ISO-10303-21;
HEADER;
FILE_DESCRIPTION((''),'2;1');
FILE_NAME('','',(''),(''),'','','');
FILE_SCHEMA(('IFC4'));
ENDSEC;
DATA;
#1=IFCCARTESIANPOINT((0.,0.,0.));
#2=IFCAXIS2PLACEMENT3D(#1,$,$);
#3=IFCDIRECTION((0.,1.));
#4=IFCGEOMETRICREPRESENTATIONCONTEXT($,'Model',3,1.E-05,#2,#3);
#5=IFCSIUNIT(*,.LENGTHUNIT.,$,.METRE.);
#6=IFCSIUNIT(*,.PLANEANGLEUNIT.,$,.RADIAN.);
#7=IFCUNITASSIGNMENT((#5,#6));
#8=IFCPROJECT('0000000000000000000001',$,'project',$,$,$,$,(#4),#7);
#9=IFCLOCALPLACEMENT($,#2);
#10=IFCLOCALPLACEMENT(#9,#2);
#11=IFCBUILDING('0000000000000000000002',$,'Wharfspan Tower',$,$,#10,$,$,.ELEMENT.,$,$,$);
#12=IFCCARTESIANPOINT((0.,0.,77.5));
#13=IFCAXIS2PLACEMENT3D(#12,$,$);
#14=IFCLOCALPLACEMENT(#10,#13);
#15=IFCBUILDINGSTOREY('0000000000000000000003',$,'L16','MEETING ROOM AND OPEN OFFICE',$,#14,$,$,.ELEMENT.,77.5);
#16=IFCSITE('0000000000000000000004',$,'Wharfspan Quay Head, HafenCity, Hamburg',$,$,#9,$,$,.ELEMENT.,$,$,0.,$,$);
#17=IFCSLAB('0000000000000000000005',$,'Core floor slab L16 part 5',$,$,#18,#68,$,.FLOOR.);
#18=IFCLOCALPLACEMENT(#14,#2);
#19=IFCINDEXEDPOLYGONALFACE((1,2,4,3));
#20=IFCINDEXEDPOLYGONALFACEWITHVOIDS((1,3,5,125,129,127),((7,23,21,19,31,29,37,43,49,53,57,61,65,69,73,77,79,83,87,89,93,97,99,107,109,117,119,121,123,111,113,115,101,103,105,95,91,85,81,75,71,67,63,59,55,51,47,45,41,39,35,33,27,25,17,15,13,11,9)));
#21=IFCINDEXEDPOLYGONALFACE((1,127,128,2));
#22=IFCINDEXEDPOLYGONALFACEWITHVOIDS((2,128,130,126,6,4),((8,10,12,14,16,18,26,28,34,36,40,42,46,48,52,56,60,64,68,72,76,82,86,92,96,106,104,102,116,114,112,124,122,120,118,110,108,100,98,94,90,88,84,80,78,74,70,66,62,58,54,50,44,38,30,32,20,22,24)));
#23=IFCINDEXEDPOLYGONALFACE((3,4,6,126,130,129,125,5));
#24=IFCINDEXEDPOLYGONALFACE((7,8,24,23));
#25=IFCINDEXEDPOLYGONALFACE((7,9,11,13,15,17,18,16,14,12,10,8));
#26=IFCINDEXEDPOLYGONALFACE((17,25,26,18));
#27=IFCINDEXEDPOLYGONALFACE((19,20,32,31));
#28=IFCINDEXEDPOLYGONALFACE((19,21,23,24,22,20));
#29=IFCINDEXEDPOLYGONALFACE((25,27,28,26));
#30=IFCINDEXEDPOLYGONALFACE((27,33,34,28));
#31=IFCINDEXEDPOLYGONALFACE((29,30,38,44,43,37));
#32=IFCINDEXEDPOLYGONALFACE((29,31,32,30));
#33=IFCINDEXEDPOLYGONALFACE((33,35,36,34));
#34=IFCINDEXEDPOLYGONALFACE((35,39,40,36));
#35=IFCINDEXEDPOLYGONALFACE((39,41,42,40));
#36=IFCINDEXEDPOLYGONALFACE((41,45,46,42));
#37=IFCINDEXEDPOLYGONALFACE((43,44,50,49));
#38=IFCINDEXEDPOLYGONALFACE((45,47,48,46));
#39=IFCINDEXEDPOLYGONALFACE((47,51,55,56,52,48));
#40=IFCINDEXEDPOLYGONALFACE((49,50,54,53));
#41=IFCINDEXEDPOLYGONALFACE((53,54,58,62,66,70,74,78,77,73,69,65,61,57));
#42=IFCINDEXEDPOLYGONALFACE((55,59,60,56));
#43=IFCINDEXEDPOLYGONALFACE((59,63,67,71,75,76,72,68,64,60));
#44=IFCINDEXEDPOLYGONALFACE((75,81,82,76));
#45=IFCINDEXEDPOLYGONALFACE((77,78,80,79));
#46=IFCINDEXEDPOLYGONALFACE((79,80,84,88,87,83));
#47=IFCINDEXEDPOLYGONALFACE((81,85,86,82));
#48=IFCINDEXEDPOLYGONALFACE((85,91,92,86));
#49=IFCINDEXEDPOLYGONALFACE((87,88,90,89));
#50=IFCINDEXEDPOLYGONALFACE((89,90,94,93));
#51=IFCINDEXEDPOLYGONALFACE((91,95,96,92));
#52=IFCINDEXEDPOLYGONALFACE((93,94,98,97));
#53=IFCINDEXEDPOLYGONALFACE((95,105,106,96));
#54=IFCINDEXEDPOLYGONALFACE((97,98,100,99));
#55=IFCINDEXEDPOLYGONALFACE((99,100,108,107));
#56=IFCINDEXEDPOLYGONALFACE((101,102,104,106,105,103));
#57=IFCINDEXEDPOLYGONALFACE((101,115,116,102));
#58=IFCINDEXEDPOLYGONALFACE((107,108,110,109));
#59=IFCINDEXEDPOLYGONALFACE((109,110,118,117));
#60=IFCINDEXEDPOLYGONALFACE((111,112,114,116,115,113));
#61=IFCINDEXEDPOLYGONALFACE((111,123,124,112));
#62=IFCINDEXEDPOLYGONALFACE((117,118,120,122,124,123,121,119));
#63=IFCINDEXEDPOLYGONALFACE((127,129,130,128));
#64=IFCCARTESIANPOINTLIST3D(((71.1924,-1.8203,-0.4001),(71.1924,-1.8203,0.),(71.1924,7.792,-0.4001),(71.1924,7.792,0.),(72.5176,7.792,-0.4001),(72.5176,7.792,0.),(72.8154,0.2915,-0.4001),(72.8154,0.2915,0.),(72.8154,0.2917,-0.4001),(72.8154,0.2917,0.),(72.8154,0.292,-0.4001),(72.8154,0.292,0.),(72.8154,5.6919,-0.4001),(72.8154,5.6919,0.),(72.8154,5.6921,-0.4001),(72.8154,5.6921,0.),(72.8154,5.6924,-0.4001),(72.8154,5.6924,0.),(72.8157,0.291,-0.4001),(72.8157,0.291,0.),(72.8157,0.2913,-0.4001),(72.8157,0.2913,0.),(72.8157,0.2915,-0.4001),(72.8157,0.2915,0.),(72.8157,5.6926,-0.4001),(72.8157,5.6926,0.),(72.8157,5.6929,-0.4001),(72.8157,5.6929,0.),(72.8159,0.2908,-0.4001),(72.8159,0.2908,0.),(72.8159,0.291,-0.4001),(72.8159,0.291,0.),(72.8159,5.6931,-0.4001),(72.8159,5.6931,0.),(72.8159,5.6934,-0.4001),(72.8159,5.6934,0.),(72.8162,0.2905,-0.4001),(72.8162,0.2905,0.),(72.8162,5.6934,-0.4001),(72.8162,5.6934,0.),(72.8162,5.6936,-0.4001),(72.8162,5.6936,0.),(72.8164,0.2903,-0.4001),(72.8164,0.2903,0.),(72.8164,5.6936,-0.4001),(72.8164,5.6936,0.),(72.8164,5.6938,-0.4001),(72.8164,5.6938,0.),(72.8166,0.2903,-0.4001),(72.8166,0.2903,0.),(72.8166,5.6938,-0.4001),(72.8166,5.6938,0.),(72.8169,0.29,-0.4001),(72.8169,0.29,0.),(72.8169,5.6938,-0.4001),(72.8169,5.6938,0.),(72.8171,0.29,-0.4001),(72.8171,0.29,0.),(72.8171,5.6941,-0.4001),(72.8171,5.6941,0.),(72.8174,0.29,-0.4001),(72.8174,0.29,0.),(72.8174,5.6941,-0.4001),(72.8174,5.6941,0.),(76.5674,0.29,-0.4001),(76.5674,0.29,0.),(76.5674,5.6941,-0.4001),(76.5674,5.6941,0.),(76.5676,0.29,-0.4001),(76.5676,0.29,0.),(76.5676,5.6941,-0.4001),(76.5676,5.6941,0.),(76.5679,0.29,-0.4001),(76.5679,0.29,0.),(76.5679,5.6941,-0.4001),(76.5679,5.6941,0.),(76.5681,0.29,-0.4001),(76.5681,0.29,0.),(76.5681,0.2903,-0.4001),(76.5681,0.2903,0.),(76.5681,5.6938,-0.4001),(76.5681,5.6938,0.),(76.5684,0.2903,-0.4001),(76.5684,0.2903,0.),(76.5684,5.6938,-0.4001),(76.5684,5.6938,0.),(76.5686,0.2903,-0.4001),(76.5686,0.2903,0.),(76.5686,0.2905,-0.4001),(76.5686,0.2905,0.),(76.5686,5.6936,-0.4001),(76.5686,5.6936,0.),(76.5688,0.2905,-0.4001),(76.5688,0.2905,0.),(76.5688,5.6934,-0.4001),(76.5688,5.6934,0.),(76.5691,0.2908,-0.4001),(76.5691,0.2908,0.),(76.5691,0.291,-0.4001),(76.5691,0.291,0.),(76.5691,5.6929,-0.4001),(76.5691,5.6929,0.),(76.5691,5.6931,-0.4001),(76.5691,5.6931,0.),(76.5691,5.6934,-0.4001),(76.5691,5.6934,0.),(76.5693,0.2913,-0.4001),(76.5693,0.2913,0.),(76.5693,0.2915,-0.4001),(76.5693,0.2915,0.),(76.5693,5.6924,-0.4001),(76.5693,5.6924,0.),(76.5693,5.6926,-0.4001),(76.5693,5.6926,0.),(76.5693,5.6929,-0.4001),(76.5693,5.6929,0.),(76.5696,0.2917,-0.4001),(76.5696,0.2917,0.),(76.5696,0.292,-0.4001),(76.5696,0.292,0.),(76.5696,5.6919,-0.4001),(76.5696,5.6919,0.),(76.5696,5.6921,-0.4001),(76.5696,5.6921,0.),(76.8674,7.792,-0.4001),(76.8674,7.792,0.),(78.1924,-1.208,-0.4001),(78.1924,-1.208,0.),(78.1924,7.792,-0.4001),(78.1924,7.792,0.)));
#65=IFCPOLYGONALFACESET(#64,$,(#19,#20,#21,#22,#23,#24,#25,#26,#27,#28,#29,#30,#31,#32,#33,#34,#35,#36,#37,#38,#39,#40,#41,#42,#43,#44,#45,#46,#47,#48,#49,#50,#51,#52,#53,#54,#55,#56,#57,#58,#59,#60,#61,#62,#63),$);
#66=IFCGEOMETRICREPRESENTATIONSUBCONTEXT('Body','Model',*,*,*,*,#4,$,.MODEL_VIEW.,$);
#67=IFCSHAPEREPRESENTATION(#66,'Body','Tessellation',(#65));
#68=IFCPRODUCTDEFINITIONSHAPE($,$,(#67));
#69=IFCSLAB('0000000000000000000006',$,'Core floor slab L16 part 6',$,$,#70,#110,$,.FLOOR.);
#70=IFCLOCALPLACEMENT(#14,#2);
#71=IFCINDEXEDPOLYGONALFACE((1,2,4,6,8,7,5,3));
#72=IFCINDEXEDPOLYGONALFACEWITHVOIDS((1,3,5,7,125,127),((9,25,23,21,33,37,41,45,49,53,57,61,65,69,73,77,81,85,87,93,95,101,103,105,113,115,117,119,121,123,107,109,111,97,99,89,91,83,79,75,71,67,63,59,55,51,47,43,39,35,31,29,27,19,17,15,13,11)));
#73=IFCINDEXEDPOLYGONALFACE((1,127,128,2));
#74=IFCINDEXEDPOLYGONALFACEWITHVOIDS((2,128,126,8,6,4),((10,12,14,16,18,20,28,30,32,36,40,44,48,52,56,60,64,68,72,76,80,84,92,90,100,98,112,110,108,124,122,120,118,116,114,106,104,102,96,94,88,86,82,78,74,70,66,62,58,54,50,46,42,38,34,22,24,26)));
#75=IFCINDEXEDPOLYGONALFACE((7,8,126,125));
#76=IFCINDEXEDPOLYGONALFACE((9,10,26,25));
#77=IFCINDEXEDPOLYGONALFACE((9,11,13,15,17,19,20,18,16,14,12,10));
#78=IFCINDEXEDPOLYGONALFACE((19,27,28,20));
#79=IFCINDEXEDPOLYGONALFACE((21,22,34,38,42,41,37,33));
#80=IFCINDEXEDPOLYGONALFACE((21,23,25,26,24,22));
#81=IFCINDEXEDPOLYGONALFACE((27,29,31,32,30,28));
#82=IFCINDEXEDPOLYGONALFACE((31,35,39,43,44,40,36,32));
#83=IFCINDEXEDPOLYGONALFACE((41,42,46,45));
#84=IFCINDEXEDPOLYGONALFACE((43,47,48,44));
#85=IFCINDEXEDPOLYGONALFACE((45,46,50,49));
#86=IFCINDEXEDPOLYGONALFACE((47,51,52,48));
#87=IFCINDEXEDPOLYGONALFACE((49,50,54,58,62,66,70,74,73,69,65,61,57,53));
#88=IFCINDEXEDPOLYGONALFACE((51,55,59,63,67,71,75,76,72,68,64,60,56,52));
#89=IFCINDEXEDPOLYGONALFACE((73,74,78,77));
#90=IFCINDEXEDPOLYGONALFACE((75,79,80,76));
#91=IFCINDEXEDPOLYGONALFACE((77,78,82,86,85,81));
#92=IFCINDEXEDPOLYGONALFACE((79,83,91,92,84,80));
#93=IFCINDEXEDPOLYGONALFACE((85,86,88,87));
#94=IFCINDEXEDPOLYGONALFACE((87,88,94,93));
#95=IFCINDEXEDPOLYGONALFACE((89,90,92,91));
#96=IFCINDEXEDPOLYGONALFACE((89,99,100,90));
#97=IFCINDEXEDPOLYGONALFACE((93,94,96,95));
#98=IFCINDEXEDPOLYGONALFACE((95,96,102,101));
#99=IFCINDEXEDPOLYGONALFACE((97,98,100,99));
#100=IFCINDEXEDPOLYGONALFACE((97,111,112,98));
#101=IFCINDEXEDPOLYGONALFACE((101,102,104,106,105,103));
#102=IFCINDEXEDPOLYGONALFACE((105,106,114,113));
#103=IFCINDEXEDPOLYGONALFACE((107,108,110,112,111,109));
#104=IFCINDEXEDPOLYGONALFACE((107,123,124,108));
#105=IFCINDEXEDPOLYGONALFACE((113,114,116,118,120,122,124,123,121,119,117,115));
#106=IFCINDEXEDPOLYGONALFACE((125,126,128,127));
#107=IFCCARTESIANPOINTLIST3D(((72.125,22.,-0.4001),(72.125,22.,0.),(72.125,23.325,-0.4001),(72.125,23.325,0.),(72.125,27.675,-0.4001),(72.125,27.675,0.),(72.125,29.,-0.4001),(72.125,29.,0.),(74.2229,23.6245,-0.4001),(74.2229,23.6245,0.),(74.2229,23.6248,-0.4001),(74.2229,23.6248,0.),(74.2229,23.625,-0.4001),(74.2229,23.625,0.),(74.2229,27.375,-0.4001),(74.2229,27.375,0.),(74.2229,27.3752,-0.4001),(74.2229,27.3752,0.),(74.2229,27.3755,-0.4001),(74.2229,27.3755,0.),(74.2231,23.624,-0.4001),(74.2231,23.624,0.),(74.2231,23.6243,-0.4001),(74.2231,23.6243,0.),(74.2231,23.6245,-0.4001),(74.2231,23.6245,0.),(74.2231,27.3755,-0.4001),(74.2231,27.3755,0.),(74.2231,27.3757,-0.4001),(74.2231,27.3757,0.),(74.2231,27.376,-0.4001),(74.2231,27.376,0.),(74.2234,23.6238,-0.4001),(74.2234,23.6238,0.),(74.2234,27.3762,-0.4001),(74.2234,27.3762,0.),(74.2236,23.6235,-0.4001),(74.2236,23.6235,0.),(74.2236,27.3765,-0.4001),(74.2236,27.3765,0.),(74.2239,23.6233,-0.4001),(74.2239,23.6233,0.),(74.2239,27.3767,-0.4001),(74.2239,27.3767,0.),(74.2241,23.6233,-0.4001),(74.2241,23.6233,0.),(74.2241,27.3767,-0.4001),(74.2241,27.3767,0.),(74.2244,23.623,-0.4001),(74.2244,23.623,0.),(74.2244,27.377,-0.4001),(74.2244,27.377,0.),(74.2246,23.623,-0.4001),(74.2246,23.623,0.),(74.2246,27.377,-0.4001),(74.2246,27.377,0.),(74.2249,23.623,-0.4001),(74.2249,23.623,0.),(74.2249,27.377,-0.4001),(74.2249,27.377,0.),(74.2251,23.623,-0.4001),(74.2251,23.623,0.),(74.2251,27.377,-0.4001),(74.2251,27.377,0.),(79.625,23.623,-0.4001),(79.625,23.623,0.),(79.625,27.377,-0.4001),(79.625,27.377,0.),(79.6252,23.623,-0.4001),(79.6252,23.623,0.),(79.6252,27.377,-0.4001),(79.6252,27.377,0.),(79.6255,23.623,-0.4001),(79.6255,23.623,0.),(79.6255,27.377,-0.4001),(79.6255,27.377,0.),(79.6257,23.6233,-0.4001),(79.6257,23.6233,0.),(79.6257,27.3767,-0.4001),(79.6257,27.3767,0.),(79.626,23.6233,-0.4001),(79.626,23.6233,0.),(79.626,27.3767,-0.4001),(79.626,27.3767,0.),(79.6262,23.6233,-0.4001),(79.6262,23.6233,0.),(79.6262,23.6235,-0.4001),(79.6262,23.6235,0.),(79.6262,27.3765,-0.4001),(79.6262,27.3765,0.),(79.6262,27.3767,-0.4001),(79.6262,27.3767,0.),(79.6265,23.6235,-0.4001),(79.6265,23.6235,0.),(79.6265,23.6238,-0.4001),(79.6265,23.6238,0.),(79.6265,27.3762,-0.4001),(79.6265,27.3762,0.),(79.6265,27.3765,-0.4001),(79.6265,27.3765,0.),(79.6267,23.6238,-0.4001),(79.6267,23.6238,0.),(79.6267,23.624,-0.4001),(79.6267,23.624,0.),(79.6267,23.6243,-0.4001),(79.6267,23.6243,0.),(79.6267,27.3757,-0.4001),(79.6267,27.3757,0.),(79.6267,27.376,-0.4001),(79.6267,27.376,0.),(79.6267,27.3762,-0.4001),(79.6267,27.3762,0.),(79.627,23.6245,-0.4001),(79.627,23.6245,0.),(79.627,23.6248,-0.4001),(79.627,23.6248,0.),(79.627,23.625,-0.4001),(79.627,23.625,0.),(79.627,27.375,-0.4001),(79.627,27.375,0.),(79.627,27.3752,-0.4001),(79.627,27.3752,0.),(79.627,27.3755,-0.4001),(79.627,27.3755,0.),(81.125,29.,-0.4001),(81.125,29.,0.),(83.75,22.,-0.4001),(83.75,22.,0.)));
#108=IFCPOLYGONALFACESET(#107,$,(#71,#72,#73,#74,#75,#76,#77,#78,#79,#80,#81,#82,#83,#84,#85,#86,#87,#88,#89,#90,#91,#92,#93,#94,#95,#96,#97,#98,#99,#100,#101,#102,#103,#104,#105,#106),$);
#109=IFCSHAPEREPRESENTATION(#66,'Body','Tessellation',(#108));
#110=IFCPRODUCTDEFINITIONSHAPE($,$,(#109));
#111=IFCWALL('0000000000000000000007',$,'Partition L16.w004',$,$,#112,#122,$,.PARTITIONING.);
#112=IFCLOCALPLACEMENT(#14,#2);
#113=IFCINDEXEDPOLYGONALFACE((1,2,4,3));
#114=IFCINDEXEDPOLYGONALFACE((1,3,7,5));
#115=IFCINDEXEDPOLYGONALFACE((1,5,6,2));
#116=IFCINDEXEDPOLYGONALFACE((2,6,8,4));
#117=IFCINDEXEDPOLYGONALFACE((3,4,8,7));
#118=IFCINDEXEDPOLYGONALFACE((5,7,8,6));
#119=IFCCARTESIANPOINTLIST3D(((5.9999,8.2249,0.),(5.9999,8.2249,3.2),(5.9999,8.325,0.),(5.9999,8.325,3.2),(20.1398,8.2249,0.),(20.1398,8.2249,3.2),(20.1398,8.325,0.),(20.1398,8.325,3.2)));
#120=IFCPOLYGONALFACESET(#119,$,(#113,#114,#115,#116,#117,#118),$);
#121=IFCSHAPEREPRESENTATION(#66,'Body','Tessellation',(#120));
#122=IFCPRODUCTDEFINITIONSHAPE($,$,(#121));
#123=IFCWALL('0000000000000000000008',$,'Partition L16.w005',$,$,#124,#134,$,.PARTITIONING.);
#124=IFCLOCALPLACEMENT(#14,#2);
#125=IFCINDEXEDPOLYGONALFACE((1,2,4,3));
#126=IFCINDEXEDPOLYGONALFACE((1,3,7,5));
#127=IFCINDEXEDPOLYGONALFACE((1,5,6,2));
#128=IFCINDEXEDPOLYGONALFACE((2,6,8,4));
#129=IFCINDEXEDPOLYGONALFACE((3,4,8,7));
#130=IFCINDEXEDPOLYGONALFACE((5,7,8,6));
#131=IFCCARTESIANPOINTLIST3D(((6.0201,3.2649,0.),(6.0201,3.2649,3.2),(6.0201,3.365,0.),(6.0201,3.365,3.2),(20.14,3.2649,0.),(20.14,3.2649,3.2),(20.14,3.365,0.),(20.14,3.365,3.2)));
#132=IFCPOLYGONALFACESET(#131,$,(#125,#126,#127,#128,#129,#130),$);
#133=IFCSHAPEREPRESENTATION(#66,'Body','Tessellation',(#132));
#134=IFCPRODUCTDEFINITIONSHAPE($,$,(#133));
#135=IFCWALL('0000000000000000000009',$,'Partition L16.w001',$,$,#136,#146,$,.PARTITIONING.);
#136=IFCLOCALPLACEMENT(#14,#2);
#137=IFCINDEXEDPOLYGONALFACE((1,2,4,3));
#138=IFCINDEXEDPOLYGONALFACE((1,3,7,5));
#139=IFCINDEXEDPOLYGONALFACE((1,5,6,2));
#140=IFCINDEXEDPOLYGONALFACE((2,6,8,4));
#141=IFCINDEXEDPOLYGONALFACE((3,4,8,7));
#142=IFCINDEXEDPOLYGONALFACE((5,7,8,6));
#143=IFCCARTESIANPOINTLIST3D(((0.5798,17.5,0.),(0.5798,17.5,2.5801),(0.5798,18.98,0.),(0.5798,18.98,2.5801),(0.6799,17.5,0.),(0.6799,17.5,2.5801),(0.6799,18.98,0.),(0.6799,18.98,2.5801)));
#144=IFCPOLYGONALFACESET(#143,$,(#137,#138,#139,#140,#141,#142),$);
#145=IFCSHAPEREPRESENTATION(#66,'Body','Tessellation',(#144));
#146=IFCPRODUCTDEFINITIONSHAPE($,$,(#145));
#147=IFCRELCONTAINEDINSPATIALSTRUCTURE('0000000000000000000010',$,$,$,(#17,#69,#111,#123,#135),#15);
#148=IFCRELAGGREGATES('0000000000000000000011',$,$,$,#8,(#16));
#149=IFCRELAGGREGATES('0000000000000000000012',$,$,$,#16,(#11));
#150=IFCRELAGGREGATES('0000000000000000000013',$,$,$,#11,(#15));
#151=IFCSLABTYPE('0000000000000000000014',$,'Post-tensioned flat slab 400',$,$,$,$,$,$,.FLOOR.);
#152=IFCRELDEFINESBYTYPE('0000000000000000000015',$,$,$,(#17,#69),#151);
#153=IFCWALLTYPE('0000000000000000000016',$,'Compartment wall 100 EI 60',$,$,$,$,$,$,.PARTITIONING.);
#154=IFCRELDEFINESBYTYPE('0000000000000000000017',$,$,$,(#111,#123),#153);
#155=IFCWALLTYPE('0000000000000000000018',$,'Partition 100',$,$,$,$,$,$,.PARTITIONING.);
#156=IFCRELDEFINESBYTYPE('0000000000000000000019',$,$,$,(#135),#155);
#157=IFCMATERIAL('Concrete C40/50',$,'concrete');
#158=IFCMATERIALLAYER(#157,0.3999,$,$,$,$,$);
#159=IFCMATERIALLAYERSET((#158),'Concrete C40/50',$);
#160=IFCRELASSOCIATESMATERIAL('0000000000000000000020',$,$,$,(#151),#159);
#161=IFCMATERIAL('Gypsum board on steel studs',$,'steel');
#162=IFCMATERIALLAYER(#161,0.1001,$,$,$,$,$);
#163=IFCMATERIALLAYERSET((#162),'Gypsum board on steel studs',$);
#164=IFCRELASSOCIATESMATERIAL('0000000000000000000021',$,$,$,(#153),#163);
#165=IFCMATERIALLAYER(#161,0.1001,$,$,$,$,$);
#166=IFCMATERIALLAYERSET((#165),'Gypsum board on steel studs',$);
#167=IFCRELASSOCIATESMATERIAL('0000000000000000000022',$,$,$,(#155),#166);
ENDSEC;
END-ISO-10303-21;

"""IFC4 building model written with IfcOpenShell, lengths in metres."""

from ifc_helpers import new_model, si_unit, direction, frame, frame_2d, origin, place, context, subcontext, project, spatial, polyline, rectangle, outline, extrude, material, layer, layer_set, type_object, element, save


model = new_model("IFC4")

# Units and contexts
model_context = context("Model", 3, precision=1e-05, world=origin(), true_north=direction((0.0, 1.0)))
body_context = subcontext(model_context, "Body", "Model", "MODEL_VIEW")
ifc_project = project(units=[si_unit("LENGTHUNIT", "METRE"), si_unit("PLANEANGLEUNIT", "RADIAN")], contexts=[model_context])

# Site, building, storey
site_placement = place(None, origin())
site = spatial("IfcSite", under=ifc_project, at=site_placement, Name="Wharfspan Quay Head, HafenCity, Hamburg", CompositionType="ELEMENT", RefElevation=0.0)
building_placement = place(site_placement, origin())
building = spatial("IfcBuilding", under=site, at=building_placement, Name="Wharfspan Tower", CompositionType="ELEMENT")
storey_placement = place(building_placement, frame((0.0, 0.0, 77.5)))
storey = spatial("IfcBuildingStorey", under=building, at=storey_placement, Name="L16", Description="MEETING ROOM AND OPEN OFFICE", CompositionType="ELEMENT", Elevation=77.5)

# Slabs
ifc_material_1 = material(Name="Concrete C40/50", Category="concrete")
ifc_layer_1 = layer(ifc_material_1, 0.3999)
ifc_layer_set_1 = layer_set([ifc_layer_1], Name="Concrete C40/50")
slab_type = type_object("IfcSlabType", Name="Post-tensioned flat slab 400", PredefinedType="FLOOR", material=ifc_layer_set_1)
slab_1_placement = place(storey_placement, frame((0.0, 0.0, -0.4001)))
element("IfcSlab", 1, at=slab_1_placement, inside=storey, type_object=slab_type, Name="Core floor slab L16 part 5", PredefinedType="FLOOR", context=body_context, shape_type="SweptSolid", body=[
    extrude(outline(polyline([(78.1924, 7.792), (76.8674, 7.792), (72.5176, 7.792), (71.1924, 7.792), (71.1924, -1.8203), (78.1924, -1.208), (78.1924, 7.792)]), holes=[polyline([(76.5674, 5.6941), (76.5676, 5.6941), (76.5679, 5.6941), (76.5681, 5.6938), (76.5681, 5.6938), (76.5684, 5.6938), (76.5686, 5.6936), (76.5686, 5.6936), (76.5688, 5.6934), (76.5691, 5.6934), (76.5691, 5.6931), (76.5691, 5.6929), (76.5693, 5.6929), (76.5693, 5.6926), (76.5693, 5.6924), (76.5696, 5.6921), (76.5696, 5.6919), (76.5696, 0.292), (76.5696, 0.2917), (76.5693, 0.2915), (76.5693, 0.2915), (76.5693, 0.2913), (76.5691, 0.291), (76.5691, 0.291), (76.5691, 0.2908), (76.5688, 0.2905), (76.5686, 0.2905), (76.5686, 0.2903), (76.5684, 0.2903), (76.5681, 0.2903), (76.5681, 0.29), (76.5679, 0.29), (76.5676, 0.29), (76.5674, 0.29), (72.8174, 0.29), (72.8174, 0.29), (72.8171, 0.29), (72.8169, 0.29), (72.8166, 0.2903), (72.8164, 0.2903), (72.8164, 0.2903), (72.8162, 0.2905), (72.8162, 0.2905), (72.8159, 0.2908), (72.8159, 0.291), (72.8157, 0.291), (72.8157, 0.2913), (72.8157, 0.2915), (72.8154, 0.2915), (72.8154, 0.2917), (72.8154, 0.292), (72.8154, 5.6919), (72.8154, 5.6921), (72.8154, 5.6924), (72.8157, 5.6926), (72.8157, 5.6929), (72.8157, 5.6929), (72.8159, 5.6931), (72.8159, 5.6934), (72.8162, 5.6934), (72.8162, 5.6936), (72.8164, 5.6936), (72.8164, 5.6938), (72.8166, 5.6938), (72.8169, 5.6938), (72.8171, 5.6941), (72.8174, 5.6941), (72.8174, 5.6941), (76.5674, 5.6941)])]), origin(), (0.0, 0.0, 1.0), 0.4001),
])
slab_2_placement = place(storey_placement, frame((0.0, 0.0, -0.4001)))
element("IfcSlab", 2, at=slab_2_placement, inside=storey, type_object=slab_type, Name="Core floor slab L16 part 6", PredefinedType="FLOOR", context=body_context, shape_type="SweptSolid", body=[
    extrude(outline(polyline([(81.125, 29.0), (72.125, 29.0), (72.125, 27.675), (72.125, 23.325), (72.125, 22.0), (83.75, 22.0), (81.125, 29.0)]), holes=[polyline([(74.2229, 27.375), (74.2229, 27.3752), (74.2229, 27.3755), (74.2231, 27.3755), (74.2231, 27.3757), (74.2231, 27.376), (74.2234, 27.3762), (74.2234, 27.3762), (74.2236, 27.3765), (74.2236, 27.3765), (74.2239, 27.3767), (74.2241, 27.3767), (74.2241, 27.3767), (74.2244, 27.377), (74.2246, 27.377), (74.2249, 27.377), (74.2251, 27.377), (79.625, 27.377), (79.6252, 27.377), (79.6255, 27.377), (79.6255, 27.377), (79.6257, 27.3767), (79.626, 27.3767), (79.6262, 27.3767), (79.6262, 27.3765), (79.6265, 27.3765), (79.6265, 27.3762), (79.6267, 27.3762), (79.6267, 27.376), (79.6267, 27.3757), (79.627, 27.3755), (79.627, 27.3755), (79.627, 27.3752), (79.627, 27.375), (79.627, 23.625), (79.627, 23.6248), (79.627, 23.6245), (79.627, 23.6245), (79.6267, 23.6243), (79.6267, 23.624), (79.6267, 23.6238), (79.6265, 23.6238), (79.6265, 23.6235), (79.6262, 23.6235), (79.6262, 23.6233), (79.626, 23.6233), (79.6257, 23.6233), (79.6255, 23.623), (79.6255, 23.623), (79.6252, 23.623), (79.625, 23.623), (74.2251, 23.623), (74.2249, 23.623), (74.2246, 23.623), (74.2244, 23.623), (74.2241, 23.6233), (74.2241, 23.6233), (74.2239, 23.6233), (74.2236, 23.6235), (74.2236, 23.6235), (74.2234, 23.6238), (74.2234, 23.6238), (74.2231, 23.624), (74.2231, 23.6243), (74.2231, 23.6245), (74.2229, 23.6245), (74.2229, 23.6248), (74.2229, 23.625), (74.2229, 27.375)])]), origin(), (0.0, 0.0, 1.0), 0.4001),
])

# Walls
ifc_material_2 = material(Name="Gypsum board on steel studs", Category="steel")
ifc_layer_2 = layer(ifc_material_2, 0.1001)
ifc_layer_set_2 = layer_set([ifc_layer_2], Name="Gypsum board on steel studs")
wall_type_1 = type_object("IfcWallType", Name="Compartment wall 100 EI 60", PredefinedType="PARTITIONING", material=ifc_layer_set_2)
wall_1_placement = place(storey_placement, frame((6.0, 8.2749, 0.0), z_axis=(0.0, 0.0, 1.0), x_axis=(1.0, 0.0, 0.0)))
element("IfcWall", 3, at=wall_1_placement, inside=storey, type_object=wall_type_1, Name="Partition L16.w004", PredefinedType="PARTITIONING", context=body_context, shape_type="SweptSolid", body=[
    extrude(rectangle(XDim=14.1399, YDim=0.1001, at=frame_2d((7.0698, 0.0))), origin(), (0.0, 0.0, 1.0), 3.2),
])
wall_2_placement = place(storey_placement, frame((6.02, 3.3149, 0.0), z_axis=(0.0, 0.0, 1.0), x_axis=(1.0, 0.0, 0.0)))
element("IfcWall", 4, at=wall_2_placement, inside=storey, type_object=wall_type_1, Name="Partition L16.w005", PredefinedType="PARTITIONING", context=body_context, shape_type="SweptSolid", body=[
    extrude(rectangle(XDim=14.1199, YDim=0.1001, at=frame_2d((7.0601, 0.0))), origin(), (0.0, 0.0, 1.0), 3.2),
])
ifc_layer_3 = layer(ifc_material_2, 0.1001)
ifc_layer_set_3 = layer_set([ifc_layer_3], Name="Gypsum board on steel studs")
wall_type_2 = type_object("IfcWallType", Name="Partition 100", PredefinedType="PARTITIONING", material=ifc_layer_set_3)
wall_3_placement = place(storey_placement, frame((0.6299, 17.5, 0.0), z_axis=(0.0, 0.0, 1.0), x_axis=(0.0, 1.0, 0.0)))
element("IfcWall", 5, at=wall_3_placement, inside=storey, type_object=wall_type_2, Name="Partition L16.w001", PredefinedType="PARTITIONING", context=body_context, shape_type="SweptSolid", body=[
    extrude(rectangle(XDim=1.48, YDim=0.1001, at=frame_2d((0.74, 0.0))), origin(), (0.0, 0.0, 1.0), 2.5801),
])

save(model, "model.ifc")
